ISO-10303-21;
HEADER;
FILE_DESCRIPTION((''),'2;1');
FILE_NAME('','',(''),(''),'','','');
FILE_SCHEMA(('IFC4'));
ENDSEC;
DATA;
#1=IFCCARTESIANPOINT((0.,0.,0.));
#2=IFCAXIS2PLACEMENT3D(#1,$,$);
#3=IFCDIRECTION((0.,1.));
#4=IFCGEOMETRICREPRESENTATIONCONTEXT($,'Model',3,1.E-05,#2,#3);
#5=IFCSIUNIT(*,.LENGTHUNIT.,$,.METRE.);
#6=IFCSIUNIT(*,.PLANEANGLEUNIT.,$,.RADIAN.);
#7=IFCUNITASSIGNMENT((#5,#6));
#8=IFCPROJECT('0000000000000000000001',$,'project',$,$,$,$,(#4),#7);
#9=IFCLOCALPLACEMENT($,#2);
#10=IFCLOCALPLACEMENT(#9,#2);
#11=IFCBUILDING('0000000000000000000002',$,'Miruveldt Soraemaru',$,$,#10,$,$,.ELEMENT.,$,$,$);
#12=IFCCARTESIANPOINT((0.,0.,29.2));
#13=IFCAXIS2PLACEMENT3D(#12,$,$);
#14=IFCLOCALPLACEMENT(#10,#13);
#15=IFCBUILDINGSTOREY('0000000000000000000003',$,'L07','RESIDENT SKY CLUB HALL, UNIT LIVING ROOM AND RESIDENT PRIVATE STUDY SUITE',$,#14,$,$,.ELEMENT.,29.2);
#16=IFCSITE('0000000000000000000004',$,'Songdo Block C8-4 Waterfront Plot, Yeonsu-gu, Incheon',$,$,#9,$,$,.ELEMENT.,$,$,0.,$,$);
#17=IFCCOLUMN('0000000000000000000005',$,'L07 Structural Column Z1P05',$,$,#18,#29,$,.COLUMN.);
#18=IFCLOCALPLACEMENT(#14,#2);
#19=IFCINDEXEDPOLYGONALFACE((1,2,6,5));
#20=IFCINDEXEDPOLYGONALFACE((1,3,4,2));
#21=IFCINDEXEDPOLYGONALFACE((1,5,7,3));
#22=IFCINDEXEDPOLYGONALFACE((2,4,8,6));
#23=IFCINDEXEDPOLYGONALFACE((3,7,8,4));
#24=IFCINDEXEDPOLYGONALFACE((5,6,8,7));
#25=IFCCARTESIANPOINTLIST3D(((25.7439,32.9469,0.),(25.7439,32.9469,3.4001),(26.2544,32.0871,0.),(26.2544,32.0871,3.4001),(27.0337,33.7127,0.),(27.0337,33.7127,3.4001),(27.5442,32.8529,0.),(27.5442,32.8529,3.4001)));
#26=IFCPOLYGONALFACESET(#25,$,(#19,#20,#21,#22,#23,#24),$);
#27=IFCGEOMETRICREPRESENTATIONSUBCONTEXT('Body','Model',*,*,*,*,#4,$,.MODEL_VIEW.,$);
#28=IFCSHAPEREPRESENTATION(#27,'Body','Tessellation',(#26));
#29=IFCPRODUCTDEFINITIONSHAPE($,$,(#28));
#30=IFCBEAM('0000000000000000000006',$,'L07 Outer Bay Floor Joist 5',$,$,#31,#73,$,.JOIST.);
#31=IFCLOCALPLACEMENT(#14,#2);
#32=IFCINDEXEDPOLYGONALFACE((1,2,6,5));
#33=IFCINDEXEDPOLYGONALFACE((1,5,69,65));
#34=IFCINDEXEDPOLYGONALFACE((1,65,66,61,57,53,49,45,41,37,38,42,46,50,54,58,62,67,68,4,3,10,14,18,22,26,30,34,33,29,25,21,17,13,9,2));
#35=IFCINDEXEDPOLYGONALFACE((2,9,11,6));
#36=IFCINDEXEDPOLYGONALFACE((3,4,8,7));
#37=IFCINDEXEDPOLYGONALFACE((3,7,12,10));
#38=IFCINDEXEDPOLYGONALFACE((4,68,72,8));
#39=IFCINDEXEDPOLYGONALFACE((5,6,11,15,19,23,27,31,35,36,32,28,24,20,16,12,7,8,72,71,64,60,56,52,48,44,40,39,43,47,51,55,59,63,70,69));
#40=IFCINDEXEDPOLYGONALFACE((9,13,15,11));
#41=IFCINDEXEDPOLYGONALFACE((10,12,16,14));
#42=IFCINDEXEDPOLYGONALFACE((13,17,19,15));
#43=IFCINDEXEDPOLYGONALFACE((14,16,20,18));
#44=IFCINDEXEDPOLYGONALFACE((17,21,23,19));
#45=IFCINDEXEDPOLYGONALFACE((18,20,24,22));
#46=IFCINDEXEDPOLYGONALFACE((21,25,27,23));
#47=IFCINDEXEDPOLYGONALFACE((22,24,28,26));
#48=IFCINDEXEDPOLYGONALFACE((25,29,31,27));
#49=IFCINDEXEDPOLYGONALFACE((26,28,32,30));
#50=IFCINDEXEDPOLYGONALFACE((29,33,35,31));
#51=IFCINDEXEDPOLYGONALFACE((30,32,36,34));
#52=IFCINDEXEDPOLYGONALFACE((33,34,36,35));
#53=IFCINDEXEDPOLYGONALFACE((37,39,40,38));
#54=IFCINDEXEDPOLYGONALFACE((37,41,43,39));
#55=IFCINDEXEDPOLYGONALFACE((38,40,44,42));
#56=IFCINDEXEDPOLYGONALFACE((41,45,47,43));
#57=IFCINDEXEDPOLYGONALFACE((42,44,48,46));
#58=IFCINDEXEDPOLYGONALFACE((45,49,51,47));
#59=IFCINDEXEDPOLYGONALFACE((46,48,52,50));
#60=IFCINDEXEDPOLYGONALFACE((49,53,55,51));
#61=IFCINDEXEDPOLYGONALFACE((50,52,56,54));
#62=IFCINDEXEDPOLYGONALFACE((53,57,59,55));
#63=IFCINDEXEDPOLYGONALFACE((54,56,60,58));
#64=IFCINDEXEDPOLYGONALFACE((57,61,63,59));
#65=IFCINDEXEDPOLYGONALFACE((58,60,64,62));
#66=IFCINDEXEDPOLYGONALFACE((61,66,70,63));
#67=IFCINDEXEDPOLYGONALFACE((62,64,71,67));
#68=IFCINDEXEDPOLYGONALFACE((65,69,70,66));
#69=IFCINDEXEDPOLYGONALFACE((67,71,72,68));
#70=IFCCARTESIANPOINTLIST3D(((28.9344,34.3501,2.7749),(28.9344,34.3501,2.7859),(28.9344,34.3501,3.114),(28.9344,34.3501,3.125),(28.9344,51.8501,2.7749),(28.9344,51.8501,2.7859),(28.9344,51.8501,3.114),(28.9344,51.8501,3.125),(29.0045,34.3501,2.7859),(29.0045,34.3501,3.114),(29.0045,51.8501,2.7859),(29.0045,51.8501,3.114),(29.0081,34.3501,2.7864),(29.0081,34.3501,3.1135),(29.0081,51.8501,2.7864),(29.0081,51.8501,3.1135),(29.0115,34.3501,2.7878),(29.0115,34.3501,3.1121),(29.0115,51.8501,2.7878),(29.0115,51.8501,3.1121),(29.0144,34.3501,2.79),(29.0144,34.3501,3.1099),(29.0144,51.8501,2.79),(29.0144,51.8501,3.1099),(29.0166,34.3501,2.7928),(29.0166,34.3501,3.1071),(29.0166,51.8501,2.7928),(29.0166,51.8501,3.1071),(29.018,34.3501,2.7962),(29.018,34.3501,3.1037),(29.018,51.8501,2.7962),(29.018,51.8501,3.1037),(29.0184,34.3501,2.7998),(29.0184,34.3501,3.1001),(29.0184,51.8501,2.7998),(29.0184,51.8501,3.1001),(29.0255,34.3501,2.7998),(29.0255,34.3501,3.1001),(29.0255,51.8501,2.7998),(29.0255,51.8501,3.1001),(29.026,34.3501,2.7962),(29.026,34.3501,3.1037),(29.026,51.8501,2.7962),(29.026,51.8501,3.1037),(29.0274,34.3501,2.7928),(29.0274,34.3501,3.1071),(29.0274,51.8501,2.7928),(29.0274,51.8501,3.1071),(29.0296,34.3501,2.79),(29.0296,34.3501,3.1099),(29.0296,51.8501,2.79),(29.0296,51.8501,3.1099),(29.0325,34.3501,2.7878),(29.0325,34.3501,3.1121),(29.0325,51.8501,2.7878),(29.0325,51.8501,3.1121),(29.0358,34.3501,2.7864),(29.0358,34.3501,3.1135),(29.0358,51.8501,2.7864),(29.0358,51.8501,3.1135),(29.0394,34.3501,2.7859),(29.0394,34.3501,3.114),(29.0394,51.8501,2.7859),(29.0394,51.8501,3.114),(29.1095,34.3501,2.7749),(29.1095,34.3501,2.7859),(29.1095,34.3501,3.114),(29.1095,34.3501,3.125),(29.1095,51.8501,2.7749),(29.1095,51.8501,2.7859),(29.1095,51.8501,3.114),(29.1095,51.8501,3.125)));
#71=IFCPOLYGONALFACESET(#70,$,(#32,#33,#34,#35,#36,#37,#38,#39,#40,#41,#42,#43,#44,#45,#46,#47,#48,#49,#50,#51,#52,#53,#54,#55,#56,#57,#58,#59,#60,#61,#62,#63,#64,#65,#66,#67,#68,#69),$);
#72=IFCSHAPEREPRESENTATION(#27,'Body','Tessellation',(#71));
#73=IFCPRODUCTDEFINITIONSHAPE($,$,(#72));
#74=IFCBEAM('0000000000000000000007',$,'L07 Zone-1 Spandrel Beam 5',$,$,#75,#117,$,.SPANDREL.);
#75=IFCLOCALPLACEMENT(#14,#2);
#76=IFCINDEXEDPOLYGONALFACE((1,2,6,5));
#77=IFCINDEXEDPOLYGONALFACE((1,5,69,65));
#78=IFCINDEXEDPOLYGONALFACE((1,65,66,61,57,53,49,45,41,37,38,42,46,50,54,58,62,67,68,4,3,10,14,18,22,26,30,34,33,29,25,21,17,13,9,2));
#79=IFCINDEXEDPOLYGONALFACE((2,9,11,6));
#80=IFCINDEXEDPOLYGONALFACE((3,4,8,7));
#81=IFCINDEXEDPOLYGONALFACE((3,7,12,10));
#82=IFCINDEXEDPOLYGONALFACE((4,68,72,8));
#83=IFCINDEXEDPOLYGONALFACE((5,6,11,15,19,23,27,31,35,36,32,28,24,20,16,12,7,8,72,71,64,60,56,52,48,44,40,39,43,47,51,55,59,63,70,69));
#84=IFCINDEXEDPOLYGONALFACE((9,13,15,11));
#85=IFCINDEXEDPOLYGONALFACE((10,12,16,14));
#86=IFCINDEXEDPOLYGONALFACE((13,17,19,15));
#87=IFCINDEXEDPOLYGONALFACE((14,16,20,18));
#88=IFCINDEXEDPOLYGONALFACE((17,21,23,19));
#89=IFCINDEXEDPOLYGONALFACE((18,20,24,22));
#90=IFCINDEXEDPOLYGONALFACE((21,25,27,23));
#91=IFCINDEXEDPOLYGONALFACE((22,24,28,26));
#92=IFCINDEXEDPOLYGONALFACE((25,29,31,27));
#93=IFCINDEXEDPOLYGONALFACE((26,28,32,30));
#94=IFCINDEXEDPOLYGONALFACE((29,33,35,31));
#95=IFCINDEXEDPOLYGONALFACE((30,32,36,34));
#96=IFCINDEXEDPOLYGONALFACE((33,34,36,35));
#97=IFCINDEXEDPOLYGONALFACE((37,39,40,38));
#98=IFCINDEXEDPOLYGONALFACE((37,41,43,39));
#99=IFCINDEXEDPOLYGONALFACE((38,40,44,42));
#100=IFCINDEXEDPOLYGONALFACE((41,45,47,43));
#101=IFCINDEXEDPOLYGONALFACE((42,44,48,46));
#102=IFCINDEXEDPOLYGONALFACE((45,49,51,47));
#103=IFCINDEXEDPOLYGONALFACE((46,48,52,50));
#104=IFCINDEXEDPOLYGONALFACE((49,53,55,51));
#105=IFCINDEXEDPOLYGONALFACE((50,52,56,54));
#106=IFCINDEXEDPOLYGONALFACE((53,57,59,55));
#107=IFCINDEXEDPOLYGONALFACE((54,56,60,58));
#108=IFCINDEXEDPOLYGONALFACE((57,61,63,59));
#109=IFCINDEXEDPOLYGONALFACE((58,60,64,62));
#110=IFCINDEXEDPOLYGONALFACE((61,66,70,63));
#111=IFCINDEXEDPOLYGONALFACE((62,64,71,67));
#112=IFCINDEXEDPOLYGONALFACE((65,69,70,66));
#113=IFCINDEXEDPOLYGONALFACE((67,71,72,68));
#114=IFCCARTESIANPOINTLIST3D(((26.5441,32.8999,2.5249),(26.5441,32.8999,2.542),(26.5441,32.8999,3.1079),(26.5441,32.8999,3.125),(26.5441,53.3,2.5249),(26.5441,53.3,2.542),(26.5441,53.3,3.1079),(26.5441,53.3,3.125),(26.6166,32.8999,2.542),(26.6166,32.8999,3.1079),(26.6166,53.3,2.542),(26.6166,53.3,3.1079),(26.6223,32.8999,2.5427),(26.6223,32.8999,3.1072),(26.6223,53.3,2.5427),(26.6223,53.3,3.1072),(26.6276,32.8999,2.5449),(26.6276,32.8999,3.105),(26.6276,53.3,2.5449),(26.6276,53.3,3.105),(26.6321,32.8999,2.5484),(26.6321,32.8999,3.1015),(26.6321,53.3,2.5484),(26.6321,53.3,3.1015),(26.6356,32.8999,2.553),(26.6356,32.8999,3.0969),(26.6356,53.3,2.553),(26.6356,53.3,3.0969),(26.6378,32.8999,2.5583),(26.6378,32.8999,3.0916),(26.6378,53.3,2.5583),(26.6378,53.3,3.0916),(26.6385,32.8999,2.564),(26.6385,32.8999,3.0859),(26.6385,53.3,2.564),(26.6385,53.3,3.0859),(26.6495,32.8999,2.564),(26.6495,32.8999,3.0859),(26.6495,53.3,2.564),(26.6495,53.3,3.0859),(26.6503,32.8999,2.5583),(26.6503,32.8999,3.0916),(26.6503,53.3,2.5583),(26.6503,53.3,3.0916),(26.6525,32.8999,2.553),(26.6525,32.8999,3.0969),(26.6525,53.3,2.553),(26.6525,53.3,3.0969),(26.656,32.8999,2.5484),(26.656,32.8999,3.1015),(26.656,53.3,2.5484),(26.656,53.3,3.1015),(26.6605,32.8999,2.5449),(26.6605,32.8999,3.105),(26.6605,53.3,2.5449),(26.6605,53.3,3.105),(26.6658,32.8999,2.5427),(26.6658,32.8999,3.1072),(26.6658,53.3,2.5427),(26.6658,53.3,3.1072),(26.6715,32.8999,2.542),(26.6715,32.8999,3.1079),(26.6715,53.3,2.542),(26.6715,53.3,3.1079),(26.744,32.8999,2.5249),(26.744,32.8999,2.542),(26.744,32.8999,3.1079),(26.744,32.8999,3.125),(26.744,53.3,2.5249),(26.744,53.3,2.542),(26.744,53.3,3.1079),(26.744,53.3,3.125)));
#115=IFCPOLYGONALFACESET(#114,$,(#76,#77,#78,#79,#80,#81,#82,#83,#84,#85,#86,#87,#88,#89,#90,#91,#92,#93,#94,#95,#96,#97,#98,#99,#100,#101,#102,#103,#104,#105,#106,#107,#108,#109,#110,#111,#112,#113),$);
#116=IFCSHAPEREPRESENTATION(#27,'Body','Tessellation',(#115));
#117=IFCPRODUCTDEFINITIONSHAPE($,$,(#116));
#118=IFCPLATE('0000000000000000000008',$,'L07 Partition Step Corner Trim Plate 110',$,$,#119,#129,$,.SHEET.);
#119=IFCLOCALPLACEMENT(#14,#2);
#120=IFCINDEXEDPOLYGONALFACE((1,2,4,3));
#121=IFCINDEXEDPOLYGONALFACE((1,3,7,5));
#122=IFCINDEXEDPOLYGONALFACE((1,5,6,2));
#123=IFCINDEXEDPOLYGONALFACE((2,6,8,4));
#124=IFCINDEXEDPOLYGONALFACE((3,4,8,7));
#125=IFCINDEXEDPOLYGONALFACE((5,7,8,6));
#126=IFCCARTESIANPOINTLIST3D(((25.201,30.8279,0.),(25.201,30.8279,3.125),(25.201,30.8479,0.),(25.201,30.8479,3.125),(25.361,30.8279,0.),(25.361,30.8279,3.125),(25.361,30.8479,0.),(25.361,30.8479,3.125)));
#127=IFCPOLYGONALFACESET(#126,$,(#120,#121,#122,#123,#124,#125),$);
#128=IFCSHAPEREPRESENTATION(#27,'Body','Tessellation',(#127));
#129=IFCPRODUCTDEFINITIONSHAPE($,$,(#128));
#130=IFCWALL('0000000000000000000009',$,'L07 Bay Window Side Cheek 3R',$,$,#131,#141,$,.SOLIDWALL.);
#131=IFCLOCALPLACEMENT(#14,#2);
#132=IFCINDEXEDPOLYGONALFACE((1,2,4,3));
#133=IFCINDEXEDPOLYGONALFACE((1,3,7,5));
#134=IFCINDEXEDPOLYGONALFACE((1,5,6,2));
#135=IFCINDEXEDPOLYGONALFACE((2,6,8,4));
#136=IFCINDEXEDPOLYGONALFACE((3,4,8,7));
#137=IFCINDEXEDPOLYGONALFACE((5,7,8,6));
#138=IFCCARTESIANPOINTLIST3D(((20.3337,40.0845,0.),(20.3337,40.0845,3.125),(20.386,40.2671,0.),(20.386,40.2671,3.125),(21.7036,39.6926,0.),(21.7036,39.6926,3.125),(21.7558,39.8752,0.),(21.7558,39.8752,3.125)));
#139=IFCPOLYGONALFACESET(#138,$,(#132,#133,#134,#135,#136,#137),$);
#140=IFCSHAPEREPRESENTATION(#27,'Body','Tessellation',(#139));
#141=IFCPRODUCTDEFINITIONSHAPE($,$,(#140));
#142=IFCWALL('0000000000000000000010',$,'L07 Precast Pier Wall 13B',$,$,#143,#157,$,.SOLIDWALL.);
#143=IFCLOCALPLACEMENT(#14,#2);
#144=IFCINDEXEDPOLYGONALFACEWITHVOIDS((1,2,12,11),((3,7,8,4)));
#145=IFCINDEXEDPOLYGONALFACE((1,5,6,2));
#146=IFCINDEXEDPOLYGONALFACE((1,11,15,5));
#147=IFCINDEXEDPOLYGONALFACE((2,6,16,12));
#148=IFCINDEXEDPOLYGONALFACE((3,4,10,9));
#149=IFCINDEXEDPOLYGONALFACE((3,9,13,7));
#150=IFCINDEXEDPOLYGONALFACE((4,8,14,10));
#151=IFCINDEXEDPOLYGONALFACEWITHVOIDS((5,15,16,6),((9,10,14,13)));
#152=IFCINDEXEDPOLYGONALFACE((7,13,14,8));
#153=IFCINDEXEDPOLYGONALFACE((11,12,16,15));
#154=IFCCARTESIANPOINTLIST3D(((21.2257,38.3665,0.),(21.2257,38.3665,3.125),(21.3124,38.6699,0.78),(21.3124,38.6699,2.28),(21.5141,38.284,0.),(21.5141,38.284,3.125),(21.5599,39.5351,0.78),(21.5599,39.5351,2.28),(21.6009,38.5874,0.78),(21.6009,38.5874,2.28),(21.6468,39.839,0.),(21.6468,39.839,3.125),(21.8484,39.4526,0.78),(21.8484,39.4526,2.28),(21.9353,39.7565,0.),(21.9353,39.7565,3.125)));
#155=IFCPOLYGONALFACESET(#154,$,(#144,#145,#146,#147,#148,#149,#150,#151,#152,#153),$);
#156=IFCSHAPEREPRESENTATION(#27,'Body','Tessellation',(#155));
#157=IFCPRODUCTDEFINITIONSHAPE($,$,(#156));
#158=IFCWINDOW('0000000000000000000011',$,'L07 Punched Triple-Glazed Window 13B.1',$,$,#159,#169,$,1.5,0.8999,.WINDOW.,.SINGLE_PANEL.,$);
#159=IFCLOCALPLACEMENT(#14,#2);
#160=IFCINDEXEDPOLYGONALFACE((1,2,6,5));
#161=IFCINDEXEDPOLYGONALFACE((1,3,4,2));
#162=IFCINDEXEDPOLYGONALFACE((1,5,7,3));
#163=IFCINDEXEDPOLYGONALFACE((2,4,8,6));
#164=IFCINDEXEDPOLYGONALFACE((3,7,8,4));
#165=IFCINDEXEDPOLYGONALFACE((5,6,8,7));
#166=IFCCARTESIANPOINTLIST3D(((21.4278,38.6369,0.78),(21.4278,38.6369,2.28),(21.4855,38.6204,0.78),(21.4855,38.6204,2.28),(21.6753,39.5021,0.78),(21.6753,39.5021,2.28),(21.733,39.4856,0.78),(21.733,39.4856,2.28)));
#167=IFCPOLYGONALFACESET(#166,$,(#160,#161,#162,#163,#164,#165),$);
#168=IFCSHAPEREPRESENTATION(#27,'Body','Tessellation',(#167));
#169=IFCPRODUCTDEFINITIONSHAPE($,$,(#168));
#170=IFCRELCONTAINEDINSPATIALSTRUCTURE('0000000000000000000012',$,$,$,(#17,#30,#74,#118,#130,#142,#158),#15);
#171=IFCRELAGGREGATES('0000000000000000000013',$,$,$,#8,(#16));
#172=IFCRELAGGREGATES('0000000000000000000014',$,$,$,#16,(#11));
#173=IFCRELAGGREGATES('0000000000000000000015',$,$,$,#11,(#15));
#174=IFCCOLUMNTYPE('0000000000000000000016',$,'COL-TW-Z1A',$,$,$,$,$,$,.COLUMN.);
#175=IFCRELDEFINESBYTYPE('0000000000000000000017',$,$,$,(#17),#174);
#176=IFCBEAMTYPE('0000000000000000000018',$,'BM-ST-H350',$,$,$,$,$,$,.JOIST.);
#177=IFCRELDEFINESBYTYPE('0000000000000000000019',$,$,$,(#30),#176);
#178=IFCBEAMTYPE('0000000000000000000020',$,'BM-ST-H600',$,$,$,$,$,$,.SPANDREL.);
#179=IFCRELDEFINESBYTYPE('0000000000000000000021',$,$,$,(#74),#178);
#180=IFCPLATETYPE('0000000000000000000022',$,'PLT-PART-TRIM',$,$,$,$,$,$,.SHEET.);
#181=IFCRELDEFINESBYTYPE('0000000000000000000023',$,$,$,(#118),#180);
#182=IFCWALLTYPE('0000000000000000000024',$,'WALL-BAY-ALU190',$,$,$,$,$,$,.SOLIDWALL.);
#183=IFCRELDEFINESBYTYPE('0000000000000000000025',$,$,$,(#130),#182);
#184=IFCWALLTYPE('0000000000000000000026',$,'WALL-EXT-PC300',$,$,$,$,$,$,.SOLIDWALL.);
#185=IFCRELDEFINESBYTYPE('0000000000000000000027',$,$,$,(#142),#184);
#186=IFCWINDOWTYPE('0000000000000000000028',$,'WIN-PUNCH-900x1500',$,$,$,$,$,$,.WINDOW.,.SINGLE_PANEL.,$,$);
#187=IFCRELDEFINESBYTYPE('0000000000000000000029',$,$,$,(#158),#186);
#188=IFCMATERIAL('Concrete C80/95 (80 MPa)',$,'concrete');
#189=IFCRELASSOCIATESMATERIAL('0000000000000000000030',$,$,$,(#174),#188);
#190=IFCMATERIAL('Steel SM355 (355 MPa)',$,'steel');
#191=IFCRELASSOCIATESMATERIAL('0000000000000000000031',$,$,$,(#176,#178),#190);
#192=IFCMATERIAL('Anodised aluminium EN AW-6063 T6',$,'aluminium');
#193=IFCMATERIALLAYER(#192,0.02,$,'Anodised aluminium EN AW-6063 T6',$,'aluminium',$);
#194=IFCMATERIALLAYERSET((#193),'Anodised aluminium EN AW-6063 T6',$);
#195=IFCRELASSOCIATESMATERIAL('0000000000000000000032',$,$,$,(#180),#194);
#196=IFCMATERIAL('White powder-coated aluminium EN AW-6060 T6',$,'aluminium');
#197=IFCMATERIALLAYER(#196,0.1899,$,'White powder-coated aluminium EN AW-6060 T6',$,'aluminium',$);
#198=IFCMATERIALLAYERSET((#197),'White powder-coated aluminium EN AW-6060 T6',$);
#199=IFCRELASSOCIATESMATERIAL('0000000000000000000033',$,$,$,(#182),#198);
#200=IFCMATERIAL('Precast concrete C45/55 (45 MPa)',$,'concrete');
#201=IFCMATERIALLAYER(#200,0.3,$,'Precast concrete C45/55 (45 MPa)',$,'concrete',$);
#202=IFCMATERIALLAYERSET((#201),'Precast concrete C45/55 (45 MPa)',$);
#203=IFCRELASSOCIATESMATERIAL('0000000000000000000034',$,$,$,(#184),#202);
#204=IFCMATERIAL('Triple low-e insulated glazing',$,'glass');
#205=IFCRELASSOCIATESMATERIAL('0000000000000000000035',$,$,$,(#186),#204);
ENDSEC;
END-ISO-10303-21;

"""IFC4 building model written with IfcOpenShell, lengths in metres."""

from ifc_helpers import new_model, si_unit, direction, frame, frame_2d, origin, origin_2d, place, context, subcontext, project, spatial, rectangle, i_section, extrude, material, layer, layer_set, material_profile, profile_set, type_object, element, fill, save


model = new_model("IFC4")

# Units and contexts
model_context = context("Model", 3, precision=1e-05, world=origin(), true_north=direction((0.0, 1.0)))
body_context = subcontext(model_context, "Body", "Model", "MODEL_VIEW")
ifc_project = project(units=[si_unit("LENGTHUNIT", "METRE"), si_unit("PLANEANGLEUNIT", "RADIAN")], contexts=[model_context])

# Site, building, storey
site_placement = place(None, origin())
site = spatial("IfcSite", under=ifc_project, at=site_placement, Name="Songdo Block C8-4 Waterfront Plot, Yeonsu-gu, Incheon", CompositionType="ELEMENT", RefElevation=0.0)
building_placement = place(site_placement, origin())
building = spatial("IfcBuilding", under=site, at=building_placement, Name="Miruveldt Soraemaru", CompositionType="ELEMENT")
storey_placement = place(building_placement, frame((0.0, 0.0, 29.2)))
storey = spatial("IfcBuildingStorey", under=building, at=storey_placement, Name="L07", Description="RESIDENT SKY CLUB HALL, UNIT LIVING ROOM AND RESIDENT PRIVATE STUDY SUITE", CompositionType="ELEMENT", Elevation=29.2)

# Column
ifc_material_1 = material(Name="Concrete C80/95 (80 MPa)", Category="concrete")
ifc_material_profile_1 = material_profile(ifc_material_1, rectangle(XDim=1.5, YDim=1.0, at=origin_2d()), Name="Concrete C80/95 (80 MPa)", Category="concrete")
ifc_profile_set_1 = profile_set([ifc_material_profile_1], Name="Concrete C80/95 (80 MPa)")
column_type = type_object("IfcColumnType", Name="COL-TW-Z1A", PredefinedType="COLUMN", material=ifc_profile_set_1)
column_placement = place(storey_placement, frame((26.644, 32.8999, 0.0), z_axis=(0.0, 0.0, 1.0), x_axis=(0.859852, 0.510543, 0.0)))
element("IfcColumn", 1, at=column_placement, inside=storey, type_object=column_type, Name="L07 Structural Column Z1P05", PredefinedType="COLUMN", context=body_context, shape_type="SweptSolid", body=[
    extrude(rectangle(XDim=1.5, YDim=1.0, at=origin_2d()), origin(), (0.0, 0.0, 1.0), 3.4001),
])

# Beams
ifc_material_2 = material(Name="Steel SM355 (355 MPa)", Category="steel")
ifc_material_profile_2 = material_profile(ifc_material_2, i_section(OverallWidth=0.175, OverallDepth=0.3501, WebThickness=0.0071, FlangeThickness=0.011, FilletRadius=0.0139, at=origin_2d()), Name="Steel SM355 (355 MPa)", Category="steel")
ifc_profile_set_2 = profile_set([ifc_material_profile_2], Name="Steel SM355 (355 MPa)")
beam_type_1 = type_object("IfcBeamType", Name="BM-ST-H350", PredefinedType="JOIST", material=ifc_profile_set_2)
beam_1_placement = place(storey_placement, frame((29.022, 34.3501, 2.95), z_axis=(0.0, 1.0, 0.0), x_axis=(-1.0, 0.0, 0.0)))
element("IfcBeam", 2, at=beam_1_placement, inside=storey, type_object=beam_type_1, Name="L07 Outer Bay Floor Joist 5", PredefinedType="JOIST", context=body_context, shape_type="SweptSolid", body=[
    extrude(i_section(OverallWidth=0.175, OverallDepth=0.3501, WebThickness=0.0071, FlangeThickness=0.011, FilletRadius=0.0139, at=origin_2d()), origin(), (0.0, 0.0, 1.0), 17.5),
])
ifc_material_profile_3 = material_profile(ifc_material_2, i_section(OverallWidth=0.2, OverallDepth=0.6001, WebThickness=0.011, FlangeThickness=0.0171, FilletRadius=0.022, at=origin_2d()), Name="Steel SM355 (355 MPa)", Category="steel")
ifc_profile_set_3 = profile_set([ifc_material_profile_3], Name="Steel SM355 (355 MPa)")
beam_type_2 = type_object("IfcBeamType", Name="BM-ST-H600", PredefinedType="SPANDREL", material=ifc_profile_set_3)
beam_2_placement = place(storey_placement, frame((26.644, 32.8999, 2.825), z_axis=(0.0, 1.0, 0.0), x_axis=(-1.0, 0.0, 0.0)))
element("IfcBeam", 3, at=beam_2_placement, inside=storey, type_object=beam_type_2, Name="L07 Zone-1 Spandrel Beam 5", PredefinedType="SPANDREL", context=body_context, shape_type="SweptSolid", body=[
    extrude(i_section(OverallWidth=0.2, OverallDepth=0.6001, WebThickness=0.011, FlangeThickness=0.0171, FilletRadius=0.022, at=origin_2d()), origin(), (0.0, 0.0, 1.0), 20.4001),
])

# Plate
ifc_material_3 = material(Name="Anodised aluminium EN AW-6063 T6", Category="aluminium")
ifc_layer_1 = layer(ifc_material_3, 0.02, Name="Anodised aluminium EN AW-6063 T6", Category="aluminium")
ifc_layer_set_1 = layer_set([ifc_layer_1], Name="Anodised aluminium EN AW-6063 T6")
plate_type = type_object("IfcPlateType", Name="PLT-PART-TRIM", PredefinedType="SHEET", material=ifc_layer_set_1)
plate_placement = place(storey_placement, frame((25.281, 30.8379, 0.0), z_axis=(0.0, 0.0, 1.0), x_axis=(-1.0, 0.0, 0.0)))
element("IfcPlate", 4, at=plate_placement, inside=storey, type_object=plate_type, Name="L07 Partition Step Corner Trim Plate 110", PredefinedType="SHEET", context=body_context, shape_type="SweptSolid", body=[
    extrude(rectangle(XDim=0.1599, YDim=0.02, at=origin_2d()), origin(), (0.0, 0.0, 1.0), 3.125),
])

# Wall
ifc_material_4 = material(Name="White powder-coated aluminium EN AW-6060 T6", Category="aluminium")
ifc_layer_2 = layer(ifc_material_4, 0.1899, Name="White powder-coated aluminium EN AW-6060 T6", Category="aluminium")
ifc_layer_set_2 = layer_set([ifc_layer_2], Name="White powder-coated aluminium EN AW-6060 T6")
wall_type_1 = type_object("IfcWallType", Name="WALL-BAY-ALU190", PredefinedType="SOLIDWALL", material=ifc_layer_set_2)
wall_1_placement = place(storey_placement, frame((20.3599, 40.1758, 0.0), z_axis=(0.0, 0.0, 1.0), x_axis=(0.96144, -0.275015, 0.0)))
element("IfcWall", 5, at=wall_1_placement, inside=storey, type_object=wall_type_1, Name="L07 Bay Window Side Cheek 3R", PredefinedType="SOLIDWALL", context=body_context, shape_type="SweptSolid", body=[
    extrude(rectangle(XDim=1.4248, YDim=0.1899, at=frame_2d((0.7124, 0.0))), origin(), (0.0, 0.0, 1.0), 3.125),
])

# Wall, opening, window
ifc_material_5 = material(Name="Precast concrete C45/55 (45 MPa)", Category="concrete")
ifc_layer_3 = layer(ifc_material_5, 0.3, Name="Precast concrete C45/55 (45 MPa)", Category="concrete")
ifc_layer_set_3 = layer_set([ifc_layer_3], Name="Precast concrete C45/55 (45 MPa)")
wall_type_2 = type_object("IfcWallType", Name="WALL-EXT-PC300", PredefinedType="SOLIDWALL", material=ifc_layer_set_3)
wall_2_placement = place(storey_placement, frame((21.791, 39.7976, 0.0), z_axis=(0.0, 0.0, 1.0), x_axis=(-0.274995, -0.961446, 0.0)))
wall_2 = element("IfcWall", 6, at=wall_2_placement, inside=storey, type_object=wall_type_2, Name="L07 Precast Pier Wall 13B", PredefinedType="SOLIDWALL", context=body_context, shape_type="SweptSolid", body=[
    extrude(rectangle(XDim=1.5315, YDim=0.3, at=frame_2d((0.7656, 0.0))), origin(), (0.0, 0.0, 1.0), 3.125),
])
opening_1_placement = place(wall_2_placement, frame((0.3159, 0.0, 0.78)))
opening_1 = element("IfcOpeningElement", 7, at=opening_1_placement, cuts=wall_2, PredefinedType="OPENING", context=body_context, shape_type="SweptSolid", body=[
    extrude(rectangle(XDim=0.8999, YDim=1.5, at=frame_2d((0.45, 0.75))), frame((0.0, 0.1602, 0.0), z_axis=(0.0, -1.0, 0.0), x_axis=(1.0, 0.0, 0.0)), (0.0, 0.0, 1.0), 0.3201),
])
ifc_material_6 = material(Name="Triple low-e insulated glazing", Category="glass")
window_type_1 = type_object("IfcWindowType", Name="WIN-PUNCH-900x1500", PartitioningType="SINGLE_PANEL", PredefinedType="WINDOW", material=ifc_material_6)
window_1_placement = place(opening_1_placement, origin())
window_1 = element("IfcWindow", 8, at=window_1_placement, inside=storey, type_object=window_type_1, Name="L07 Punched Triple-Glazed Window 13B.1", OverallHeight=1.5, OverallWidth=0.8999, PartitioningType="SINGLE_PANEL", PredefinedType="WINDOW", context=body_context, shape_type="SweptSolid", body=[
    extrude(rectangle(XDim=0.8999, YDim=1.5, at=frame_2d((0.45, 0.75))), frame((0.0, 0.03, 0.0), z_axis=(0.0, -1.0, 0.0), x_axis=(1.0, 0.0, 0.0)), (0.0, 0.0, 1.0), 0.0601),
])
fill(opening_1, window_1)

save(model, "model.ifc")
